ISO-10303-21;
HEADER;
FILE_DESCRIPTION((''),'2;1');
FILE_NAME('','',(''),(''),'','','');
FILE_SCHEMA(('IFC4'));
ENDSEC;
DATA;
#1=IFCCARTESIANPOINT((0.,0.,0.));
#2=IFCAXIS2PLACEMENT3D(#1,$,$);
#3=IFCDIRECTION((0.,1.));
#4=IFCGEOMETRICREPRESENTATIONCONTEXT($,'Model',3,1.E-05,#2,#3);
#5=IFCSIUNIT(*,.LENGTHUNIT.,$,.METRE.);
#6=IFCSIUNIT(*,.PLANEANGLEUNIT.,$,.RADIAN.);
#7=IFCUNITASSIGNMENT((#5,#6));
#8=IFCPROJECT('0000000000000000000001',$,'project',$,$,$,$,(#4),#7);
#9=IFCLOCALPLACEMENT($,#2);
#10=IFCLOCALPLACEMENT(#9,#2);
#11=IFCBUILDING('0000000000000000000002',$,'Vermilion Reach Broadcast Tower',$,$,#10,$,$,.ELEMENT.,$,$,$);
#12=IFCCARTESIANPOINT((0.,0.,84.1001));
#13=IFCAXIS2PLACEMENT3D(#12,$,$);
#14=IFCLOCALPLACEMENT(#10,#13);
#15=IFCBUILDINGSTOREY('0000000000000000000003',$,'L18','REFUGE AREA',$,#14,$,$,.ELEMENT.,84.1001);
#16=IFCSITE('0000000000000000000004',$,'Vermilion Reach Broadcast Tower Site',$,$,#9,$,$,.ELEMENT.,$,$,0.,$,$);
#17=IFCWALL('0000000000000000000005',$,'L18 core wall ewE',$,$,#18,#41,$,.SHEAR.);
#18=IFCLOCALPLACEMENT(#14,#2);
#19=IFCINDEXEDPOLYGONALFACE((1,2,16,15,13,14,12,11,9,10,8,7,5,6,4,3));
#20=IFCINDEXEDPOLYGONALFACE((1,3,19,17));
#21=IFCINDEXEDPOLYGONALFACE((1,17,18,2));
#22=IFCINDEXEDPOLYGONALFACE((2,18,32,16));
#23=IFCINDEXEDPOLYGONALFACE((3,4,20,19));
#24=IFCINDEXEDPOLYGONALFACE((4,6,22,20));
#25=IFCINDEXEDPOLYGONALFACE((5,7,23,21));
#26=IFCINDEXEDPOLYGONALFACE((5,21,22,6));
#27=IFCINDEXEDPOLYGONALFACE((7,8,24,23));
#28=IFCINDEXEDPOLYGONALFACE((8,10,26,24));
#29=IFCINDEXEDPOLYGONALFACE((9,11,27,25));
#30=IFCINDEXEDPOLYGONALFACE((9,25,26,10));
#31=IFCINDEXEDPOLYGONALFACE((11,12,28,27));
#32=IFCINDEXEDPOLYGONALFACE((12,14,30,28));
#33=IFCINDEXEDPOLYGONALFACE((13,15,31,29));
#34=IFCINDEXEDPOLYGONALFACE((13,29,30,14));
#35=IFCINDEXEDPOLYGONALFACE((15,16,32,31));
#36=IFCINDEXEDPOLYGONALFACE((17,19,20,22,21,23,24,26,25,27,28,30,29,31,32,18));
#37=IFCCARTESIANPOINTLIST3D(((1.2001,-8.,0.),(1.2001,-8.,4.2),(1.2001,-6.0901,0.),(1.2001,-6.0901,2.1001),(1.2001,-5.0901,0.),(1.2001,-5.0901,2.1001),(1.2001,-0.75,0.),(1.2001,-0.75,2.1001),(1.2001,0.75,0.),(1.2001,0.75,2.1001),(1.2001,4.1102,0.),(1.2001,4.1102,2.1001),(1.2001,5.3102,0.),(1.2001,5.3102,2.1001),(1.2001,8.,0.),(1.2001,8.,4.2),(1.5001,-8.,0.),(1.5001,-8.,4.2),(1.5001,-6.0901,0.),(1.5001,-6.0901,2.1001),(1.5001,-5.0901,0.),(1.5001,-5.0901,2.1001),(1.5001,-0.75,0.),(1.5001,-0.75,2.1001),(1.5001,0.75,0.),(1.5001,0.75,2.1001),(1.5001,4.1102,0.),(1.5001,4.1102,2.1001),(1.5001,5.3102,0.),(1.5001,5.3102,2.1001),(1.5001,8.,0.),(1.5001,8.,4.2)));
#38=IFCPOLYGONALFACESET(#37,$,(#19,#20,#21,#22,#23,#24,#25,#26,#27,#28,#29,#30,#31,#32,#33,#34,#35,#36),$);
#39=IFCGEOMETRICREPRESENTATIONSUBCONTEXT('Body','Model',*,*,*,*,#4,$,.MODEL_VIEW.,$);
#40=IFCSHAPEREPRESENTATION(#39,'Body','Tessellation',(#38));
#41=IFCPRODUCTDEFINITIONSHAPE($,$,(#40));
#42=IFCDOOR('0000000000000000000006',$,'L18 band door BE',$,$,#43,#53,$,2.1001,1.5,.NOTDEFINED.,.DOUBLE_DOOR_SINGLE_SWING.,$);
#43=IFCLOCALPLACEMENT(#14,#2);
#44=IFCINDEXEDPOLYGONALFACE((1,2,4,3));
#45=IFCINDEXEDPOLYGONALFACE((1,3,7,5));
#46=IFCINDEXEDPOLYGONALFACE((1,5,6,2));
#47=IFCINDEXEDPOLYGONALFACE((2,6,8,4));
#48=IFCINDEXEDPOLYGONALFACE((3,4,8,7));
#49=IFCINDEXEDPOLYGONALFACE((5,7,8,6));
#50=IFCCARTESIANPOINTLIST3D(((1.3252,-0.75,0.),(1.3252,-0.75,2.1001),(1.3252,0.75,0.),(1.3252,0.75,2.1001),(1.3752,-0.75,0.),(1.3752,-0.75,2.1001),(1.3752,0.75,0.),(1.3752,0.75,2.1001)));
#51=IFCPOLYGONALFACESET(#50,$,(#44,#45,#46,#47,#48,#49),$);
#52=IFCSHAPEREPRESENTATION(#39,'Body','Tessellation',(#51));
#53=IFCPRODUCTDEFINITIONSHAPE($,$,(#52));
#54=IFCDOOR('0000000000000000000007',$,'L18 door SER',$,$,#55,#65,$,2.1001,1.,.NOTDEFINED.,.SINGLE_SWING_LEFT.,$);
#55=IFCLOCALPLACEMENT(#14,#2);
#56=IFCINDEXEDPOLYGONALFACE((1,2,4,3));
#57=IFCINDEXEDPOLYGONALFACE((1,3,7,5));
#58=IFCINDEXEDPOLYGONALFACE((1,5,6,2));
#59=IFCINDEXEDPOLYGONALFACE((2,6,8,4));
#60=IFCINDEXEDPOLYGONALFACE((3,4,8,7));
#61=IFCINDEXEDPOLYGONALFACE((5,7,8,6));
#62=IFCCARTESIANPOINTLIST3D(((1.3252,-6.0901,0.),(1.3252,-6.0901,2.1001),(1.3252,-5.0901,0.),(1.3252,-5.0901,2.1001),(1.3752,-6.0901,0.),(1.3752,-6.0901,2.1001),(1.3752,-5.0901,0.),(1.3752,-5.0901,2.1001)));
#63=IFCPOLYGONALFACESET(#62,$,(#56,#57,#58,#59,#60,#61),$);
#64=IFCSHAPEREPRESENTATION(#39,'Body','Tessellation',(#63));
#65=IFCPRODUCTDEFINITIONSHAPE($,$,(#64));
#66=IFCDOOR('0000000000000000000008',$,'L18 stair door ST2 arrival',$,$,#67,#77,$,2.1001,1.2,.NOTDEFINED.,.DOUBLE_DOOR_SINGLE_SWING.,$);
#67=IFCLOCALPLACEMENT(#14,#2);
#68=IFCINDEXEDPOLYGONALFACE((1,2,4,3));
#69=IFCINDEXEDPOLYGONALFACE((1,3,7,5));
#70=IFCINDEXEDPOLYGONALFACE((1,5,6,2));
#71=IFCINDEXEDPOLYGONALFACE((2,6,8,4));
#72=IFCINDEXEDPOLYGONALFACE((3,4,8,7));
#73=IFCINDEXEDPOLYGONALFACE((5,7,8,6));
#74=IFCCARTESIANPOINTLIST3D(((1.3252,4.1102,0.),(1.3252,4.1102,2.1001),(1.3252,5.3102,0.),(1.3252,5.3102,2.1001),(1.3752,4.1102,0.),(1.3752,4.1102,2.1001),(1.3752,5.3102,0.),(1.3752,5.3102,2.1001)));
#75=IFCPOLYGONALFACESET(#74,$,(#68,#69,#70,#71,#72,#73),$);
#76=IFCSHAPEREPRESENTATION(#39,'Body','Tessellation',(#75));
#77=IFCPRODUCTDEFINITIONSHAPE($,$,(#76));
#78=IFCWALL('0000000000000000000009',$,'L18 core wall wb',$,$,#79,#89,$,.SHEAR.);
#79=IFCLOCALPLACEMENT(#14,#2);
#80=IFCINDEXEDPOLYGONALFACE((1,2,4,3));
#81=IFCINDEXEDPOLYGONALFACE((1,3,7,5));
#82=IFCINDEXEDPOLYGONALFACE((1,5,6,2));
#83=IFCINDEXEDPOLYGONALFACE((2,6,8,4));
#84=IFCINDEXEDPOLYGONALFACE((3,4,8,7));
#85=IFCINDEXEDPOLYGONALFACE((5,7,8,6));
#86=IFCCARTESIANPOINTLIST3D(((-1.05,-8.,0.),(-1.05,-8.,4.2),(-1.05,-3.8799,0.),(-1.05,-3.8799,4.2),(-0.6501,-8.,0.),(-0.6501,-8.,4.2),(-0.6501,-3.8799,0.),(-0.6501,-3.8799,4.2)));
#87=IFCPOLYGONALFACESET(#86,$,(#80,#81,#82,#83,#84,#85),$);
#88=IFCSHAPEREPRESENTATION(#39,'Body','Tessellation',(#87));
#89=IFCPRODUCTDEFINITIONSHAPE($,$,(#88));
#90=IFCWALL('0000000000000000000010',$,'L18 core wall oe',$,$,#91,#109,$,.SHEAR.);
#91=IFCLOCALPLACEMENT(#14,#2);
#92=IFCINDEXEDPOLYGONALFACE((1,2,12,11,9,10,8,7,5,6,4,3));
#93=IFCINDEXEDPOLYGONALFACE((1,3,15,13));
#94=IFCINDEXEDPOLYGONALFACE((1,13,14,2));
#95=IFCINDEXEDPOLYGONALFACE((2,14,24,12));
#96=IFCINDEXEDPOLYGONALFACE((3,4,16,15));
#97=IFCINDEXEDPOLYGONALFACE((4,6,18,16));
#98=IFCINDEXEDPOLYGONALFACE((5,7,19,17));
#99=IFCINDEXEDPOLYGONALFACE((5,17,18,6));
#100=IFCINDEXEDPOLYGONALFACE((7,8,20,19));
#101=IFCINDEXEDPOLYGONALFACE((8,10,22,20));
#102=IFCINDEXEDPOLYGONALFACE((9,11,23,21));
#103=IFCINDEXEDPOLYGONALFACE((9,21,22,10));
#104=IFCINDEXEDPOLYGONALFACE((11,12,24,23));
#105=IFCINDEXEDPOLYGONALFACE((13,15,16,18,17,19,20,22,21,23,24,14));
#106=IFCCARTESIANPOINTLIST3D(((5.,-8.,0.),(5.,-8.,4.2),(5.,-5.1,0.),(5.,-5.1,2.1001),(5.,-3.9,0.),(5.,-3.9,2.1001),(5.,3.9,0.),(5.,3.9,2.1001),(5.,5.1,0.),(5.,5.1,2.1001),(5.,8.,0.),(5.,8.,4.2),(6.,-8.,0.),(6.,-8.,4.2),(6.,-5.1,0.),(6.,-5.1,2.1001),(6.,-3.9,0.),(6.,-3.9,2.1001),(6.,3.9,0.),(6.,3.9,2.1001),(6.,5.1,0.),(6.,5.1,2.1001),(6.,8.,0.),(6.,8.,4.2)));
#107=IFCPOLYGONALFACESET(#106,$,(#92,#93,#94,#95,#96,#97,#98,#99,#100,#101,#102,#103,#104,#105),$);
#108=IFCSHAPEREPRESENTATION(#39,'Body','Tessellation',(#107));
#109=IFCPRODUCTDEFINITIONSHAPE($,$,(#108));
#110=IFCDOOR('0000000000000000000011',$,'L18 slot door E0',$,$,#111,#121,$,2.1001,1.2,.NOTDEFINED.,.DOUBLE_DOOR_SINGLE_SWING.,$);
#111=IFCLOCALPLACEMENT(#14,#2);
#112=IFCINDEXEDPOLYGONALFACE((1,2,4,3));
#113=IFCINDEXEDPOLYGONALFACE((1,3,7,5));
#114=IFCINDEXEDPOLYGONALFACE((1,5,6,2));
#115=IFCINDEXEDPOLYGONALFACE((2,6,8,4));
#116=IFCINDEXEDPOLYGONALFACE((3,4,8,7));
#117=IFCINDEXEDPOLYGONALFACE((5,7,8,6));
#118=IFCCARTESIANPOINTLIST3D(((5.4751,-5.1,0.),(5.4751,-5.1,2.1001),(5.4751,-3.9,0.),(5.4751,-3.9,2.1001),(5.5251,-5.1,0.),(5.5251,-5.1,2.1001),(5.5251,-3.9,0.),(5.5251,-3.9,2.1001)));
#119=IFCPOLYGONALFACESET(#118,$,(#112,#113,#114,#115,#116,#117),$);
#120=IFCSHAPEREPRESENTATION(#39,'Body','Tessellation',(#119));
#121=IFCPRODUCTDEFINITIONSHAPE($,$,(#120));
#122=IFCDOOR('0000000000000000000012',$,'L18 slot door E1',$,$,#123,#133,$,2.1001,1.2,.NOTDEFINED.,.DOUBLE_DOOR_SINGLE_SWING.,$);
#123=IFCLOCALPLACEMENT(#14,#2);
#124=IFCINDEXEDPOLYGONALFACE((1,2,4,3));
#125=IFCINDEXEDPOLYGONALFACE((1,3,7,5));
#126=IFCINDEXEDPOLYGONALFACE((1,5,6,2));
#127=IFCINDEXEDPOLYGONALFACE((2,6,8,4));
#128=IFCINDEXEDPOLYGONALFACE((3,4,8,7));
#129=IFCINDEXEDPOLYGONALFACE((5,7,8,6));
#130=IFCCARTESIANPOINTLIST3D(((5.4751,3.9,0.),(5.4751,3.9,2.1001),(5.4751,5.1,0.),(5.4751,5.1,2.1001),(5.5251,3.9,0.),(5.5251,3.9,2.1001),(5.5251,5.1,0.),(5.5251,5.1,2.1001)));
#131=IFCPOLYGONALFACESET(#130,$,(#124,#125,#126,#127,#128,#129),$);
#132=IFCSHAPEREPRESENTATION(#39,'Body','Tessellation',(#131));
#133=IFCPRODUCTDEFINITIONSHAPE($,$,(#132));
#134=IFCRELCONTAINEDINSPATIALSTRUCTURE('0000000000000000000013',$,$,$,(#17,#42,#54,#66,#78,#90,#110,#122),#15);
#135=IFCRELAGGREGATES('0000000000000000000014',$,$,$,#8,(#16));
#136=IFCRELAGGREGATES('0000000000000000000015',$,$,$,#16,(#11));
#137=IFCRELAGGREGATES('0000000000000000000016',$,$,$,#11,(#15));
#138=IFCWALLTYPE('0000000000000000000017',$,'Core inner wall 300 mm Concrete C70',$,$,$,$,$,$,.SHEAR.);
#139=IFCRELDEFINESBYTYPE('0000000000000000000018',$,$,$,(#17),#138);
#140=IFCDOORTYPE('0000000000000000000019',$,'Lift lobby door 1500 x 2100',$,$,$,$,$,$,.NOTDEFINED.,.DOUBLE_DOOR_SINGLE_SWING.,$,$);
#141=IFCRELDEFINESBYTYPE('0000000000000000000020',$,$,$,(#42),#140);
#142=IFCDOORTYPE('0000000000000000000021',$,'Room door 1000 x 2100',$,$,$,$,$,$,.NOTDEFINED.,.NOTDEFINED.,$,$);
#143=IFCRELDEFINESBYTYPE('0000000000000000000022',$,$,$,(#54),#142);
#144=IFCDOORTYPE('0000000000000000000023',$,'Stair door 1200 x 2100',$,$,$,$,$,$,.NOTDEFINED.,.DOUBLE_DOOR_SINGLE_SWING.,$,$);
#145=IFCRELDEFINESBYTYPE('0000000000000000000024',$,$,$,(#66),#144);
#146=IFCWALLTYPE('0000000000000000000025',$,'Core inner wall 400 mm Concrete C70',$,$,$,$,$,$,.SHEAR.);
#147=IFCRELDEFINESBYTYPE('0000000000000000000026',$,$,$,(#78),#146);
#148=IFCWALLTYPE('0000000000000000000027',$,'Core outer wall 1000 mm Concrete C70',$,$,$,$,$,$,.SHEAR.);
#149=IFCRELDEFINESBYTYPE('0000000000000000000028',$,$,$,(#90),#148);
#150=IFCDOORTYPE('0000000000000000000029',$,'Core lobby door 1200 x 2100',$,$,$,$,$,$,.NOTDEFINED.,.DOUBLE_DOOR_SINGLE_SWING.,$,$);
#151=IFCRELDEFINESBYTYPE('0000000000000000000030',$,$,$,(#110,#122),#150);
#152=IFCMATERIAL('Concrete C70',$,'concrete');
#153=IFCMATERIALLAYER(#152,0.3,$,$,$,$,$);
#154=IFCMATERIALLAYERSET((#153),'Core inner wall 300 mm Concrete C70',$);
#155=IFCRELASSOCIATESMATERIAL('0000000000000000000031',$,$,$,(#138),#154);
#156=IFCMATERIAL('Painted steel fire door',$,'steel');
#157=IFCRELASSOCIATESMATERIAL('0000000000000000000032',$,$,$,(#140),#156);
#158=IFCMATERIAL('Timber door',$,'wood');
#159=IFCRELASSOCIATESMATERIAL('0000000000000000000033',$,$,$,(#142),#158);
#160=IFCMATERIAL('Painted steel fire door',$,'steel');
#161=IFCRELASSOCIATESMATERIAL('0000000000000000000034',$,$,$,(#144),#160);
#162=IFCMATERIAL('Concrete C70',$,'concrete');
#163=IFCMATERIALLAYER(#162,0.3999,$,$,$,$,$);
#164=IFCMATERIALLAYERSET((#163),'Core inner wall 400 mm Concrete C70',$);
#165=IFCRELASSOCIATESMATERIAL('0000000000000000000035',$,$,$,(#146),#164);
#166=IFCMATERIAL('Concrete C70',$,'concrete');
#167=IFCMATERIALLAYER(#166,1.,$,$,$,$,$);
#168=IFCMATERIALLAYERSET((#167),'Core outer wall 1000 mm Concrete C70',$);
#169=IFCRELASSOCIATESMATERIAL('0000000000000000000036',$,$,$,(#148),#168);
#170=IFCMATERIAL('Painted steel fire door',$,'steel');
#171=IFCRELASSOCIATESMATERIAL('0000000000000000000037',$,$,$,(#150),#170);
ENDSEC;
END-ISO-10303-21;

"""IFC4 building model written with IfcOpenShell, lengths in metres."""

from ifc_helpers import new_model, si_unit, direction, frame, frame_2d, origin, place, context, subcontext, project, spatial, rectangle, extrude, material, layer, layer_set, type_object, element, fill, save


model = new_model("IFC4")

# Units and contexts
model_context = context("Model", 3, precision=1e-05, world=origin(), true_north=direction((0.0, 1.0)))
body_context = subcontext(model_context, "Body", "Model", "MODEL_VIEW")
ifc_project = project(units=[si_unit("LENGTHUNIT", "METRE"), si_unit("PLANEANGLEUNIT", "RADIAN")], contexts=[model_context])

# Site, building, storey
site_placement = place(None, origin())
site = spatial("IfcSite", under=ifc_project, at=site_placement, Name="Vermilion Reach Broadcast Tower Site", CompositionType="ELEMENT", RefElevation=0.0)
building_placement = place(site_placement, origin())
building = spatial("IfcBuilding", under=site, at=building_placement, Name="Vermilion Reach Broadcast Tower", CompositionType="ELEMENT")
storey_placement = place(building_placement, frame((0.0, 0.0, 84.1001)))
storey = spatial("IfcBuildingStorey", under=building, at=storey_placement, Name="L18", Description="REFUGE AREA", CompositionType="ELEMENT", Elevation=84.1001)

# Wall, openings, doors
ifc_material_1 = material(Name="Concrete C70", Category="concrete")
ifc_layer_1 = layer(ifc_material_1, 0.3)
ifc_layer_set_1 = layer_set([ifc_layer_1], Name="Core inner wall 300 mm Concrete C70")
wall_type_1 = type_object("IfcWallType", Name="Core inner wall 300 mm Concrete C70", PredefinedType="SHEAR", material=ifc_layer_set_1)
wall_1_placement = place(storey_placement, frame((1.3501, -8.0, 0.0), z_axis=(0.0, 0.0, 1.0), x_axis=(0.0, 1.0, 0.0)))
wall_1 = element("IfcWall", 1, at=wall_1_placement, inside=storey, type_object=wall_type_1, Name="L18 core wall ewE", PredefinedType="SHEAR", context=body_context, shape_type="SweptSolid", body=[
    extrude(rectangle(XDim=16.0, YDim=0.3, at=frame_2d((8.0, 0.0))), origin(), (0.0, 0.0, 1.0), 4.2),
])
opening_1_placement = place(wall_1_placement, frame((12.1101, 0.0, 0.0)))
opening_1 = element("IfcOpeningElement", 2, at=opening_1_placement, cuts=wall_1, PredefinedType="OPENING", context=body_context, shape_type="SweptSolid", body=[
    extrude(rectangle(XDim=1.2, YDim=2.1001, at=frame_2d((0.6001, 1.05))), frame((0.0, 0.1599, 0.0), z_axis=(0.0, -1.0, 0.0), x_axis=(1.0, 0.0, 0.0)), (0.0, 0.0, 1.0), 0.3201),
])
opening_2_placement = place(wall_1_placement, frame((1.9099, 0.0, 0.0)))
opening_2 = element("IfcOpeningElement", 3, at=opening_2_placement, cuts=wall_1, PredefinedType="OPENING", context=body_context, shape_type="SweptSolid", body=[
    extrude(rectangle(XDim=1.0, YDim=2.1001, at=frame_2d((0.5, 1.05))), frame((0.0, 0.1599, 0.0), z_axis=(0.0, -1.0, 0.0), x_axis=(1.0, 0.0, 0.0)), (0.0, 0.0, 1.0), 0.3201),
])
opening_3_placement = place(wall_1_placement, frame((7.25, 0.0, 0.0)))
opening_3 = element("IfcOpeningElement", 4, at=opening_3_placement, cuts=wall_1, PredefinedType="OPENING", context=body_context, shape_type="SweptSolid", body=[
    extrude(rectangle(XDim=1.5, YDim=2.1001, at=frame_2d((0.75, 1.05))), frame((0.0, 0.1599, 0.0), z_axis=(0.0, -1.0, 0.0), x_axis=(1.0, 0.0, 0.0)), (0.0, 0.0, 1.0), 0.3201),
])
ifc_material_2 = material(Name="Painted steel fire door", Category="steel")
door_type_1 = type_object("IfcDoorType", Name="Lift lobby door 1500 x 2100", OperationType="DOUBLE_DOOR_SINGLE_SWING", PredefinedType="NOTDEFINED", material=ifc_material_2)
door_1_placement = place(opening_3_placement, origin())
door_1 = element("IfcDoor", 5, at=door_1_placement, inside=storey, type_object=door_type_1, Name="L18 band door BE", OperationType="DOUBLE_DOOR_SINGLE_SWING", OverallHeight=2.1001, OverallWidth=1.5, PredefinedType="NOTDEFINED", context=body_context, shape_type="SweptSolid", body=[
    extrude(rectangle(XDim=1.5, YDim=2.1001, at=frame_2d((0.75, 1.05))), frame((0.0, 0.0249, 0.0), z_axis=(0.0, -1.0, 0.0), x_axis=(1.0, 0.0, 0.0)), (0.0, 0.0, 1.0), 0.05),
])
fill(opening_3, door_1)
ifc_material_3 = material(Name="Timber door", Category="wood")
door_type_2 = type_object("IfcDoorType", Name="Room door 1000 x 2100", OperationType="NOTDEFINED", PredefinedType="NOTDEFINED", material=ifc_material_3)
door_2_placement = place(opening_2_placement, origin())
door_2 = element("IfcDoor", 6, at=door_2_placement, inside=storey, type_object=door_type_2, Name="L18 door SER", OperationType="SINGLE_SWING_LEFT", OverallHeight=2.1001, OverallWidth=1.0, PredefinedType="NOTDEFINED", context=body_context, shape_type="SweptSolid", body=[
    extrude(rectangle(XDim=1.0, YDim=2.1001, at=frame_2d((0.5, 1.05))), frame((0.0, 0.0249, 0.0), z_axis=(0.0, -1.0, 0.0), x_axis=(1.0, 0.0, 0.0)), (0.0, 0.0, 1.0), 0.05),
])
fill(opening_2, door_2)
ifc_material_4 = material(Name="Painted steel fire door", Category="steel")
door_type_3 = type_object("IfcDoorType", Name="Stair door 1200 x 2100", OperationType="DOUBLE_DOOR_SINGLE_SWING", PredefinedType="NOTDEFINED", material=ifc_material_4)
door_3_placement = place(opening_1_placement, origin())
door_3 = element("IfcDoor", 7, at=door_3_placement, inside=storey, type_object=door_type_3, Name="L18 stair door ST2 arrival", OperationType="DOUBLE_DOOR_SINGLE_SWING", OverallHeight=2.1001, OverallWidth=1.2, PredefinedType="NOTDEFINED", context=body_context, shape_type="SweptSolid", body=[
    extrude(rectangle(XDim=1.2, YDim=2.1001, at=frame_2d((0.6001, 1.05))), frame((0.0, 0.0249, 0.0), z_axis=(0.0, -1.0, 0.0), x_axis=(1.0, 0.0, 0.0)), (0.0, 0.0, 1.0), 0.05),
])
fill(opening_1, door_3)

# Wall
ifc_material_5 = material(Name="Concrete C70", Category="concrete")
ifc_layer_2 = layer(ifc_material_5, 0.3999)
ifc_layer_set_2 = layer_set([ifc_layer_2], Name="Core inner wall 400 mm Concrete C70")
wall_type_2 = type_object("IfcWallType", Name="Core inner wall 400 mm Concrete C70", PredefinedType="SHEAR", material=ifc_layer_set_2)
wall_2_placement = place(storey_placement, frame((-0.8501, -3.8799, 0.0), z_axis=(0.0, 0.0, 1.0), x_axis=(0.0, -1.0, 0.0)))
element("IfcWall", 8, at=wall_2_placement, inside=storey, type_object=wall_type_2, Name="L18 core wall wb", PredefinedType="SHEAR", context=body_context, shape_type="SweptSolid", body=[
    extrude(rectangle(XDim=4.1201, YDim=0.3999, at=frame_2d((2.0601, 0.0))), origin(), (0.0, 0.0, 1.0), 4.2),
])

# Wall, openings, doors
ifc_material_6 = material(Name="Concrete C70", Category="concrete")
ifc_layer_3 = layer(ifc_material_6, 1.0)
ifc_layer_set_3 = layer_set([ifc_layer_3], Name="Core outer wall 1000 mm Concrete C70")
wall_type_3 = type_object("IfcWallType", Name="Core outer wall 1000 mm Concrete C70", PredefinedType="SHEAR", material=ifc_layer_set_3)
wall_3_placement = place(storey_placement, frame((5.5, -8.0, 0.0), z_axis=(0.0, 0.0, 1.0), x_axis=(0.0, 1.0, 0.0)))
wall_3 = element("IfcWall", 9, at=wall_3_placement, inside=storey, type_object=wall_type_3, Name="L18 core wall oe", PredefinedType="SHEAR", context=body_context, shape_type="SweptSolid", body=[
    extrude(rectangle(XDim=16.0, YDim=1.0, at=frame_2d((8.0, 0.0))), origin(), (0.0, 0.0, 1.0), 4.2),
])
opening_4_placement = place(wall_3_placement, frame((2.8999, 0.0, 0.0)))
opening_4 = element("IfcOpeningElement", 10, at=opening_4_placement, cuts=wall_3, PredefinedType="OPENING", context=body_context, shape_type="SweptSolid", body=[
    extrude(rectangle(XDim=1.2, YDim=2.1001, at=frame_2d((0.6001, 1.05))), frame((0.0, 0.51, 0.0), z_axis=(0.0, -1.0, 0.0), x_axis=(1.0, 0.0, 0.0)), (0.0, 0.0, 1.0), 1.02),
])
opening_5_placement = place(wall_3_placement, frame((11.8999, 0.0, 0.0)))
opening_5 = element("IfcOpeningElement", 11, at=opening_5_placement, cuts=wall_3, PredefinedType="OPENING", context=body_context, shape_type="SweptSolid", body=[
    extrude(rectangle(XDim=1.2, YDim=2.1001, at=frame_2d((0.6001, 1.05))), frame((0.0, 0.51, 0.0), z_axis=(0.0, -1.0, 0.0), x_axis=(1.0, 0.0, 0.0)), (0.0, 0.0, 1.0), 1.02),
])
ifc_material_7 = material(Name="Painted steel fire door", Category="steel")
door_type_4 = type_object("IfcDoorType", Name="Core lobby door 1200 x 2100", OperationType="DOUBLE_DOOR_SINGLE_SWING", PredefinedType="NOTDEFINED", material=ifc_material_7)
door_4_placement = place(opening_4_placement, origin())
door_4 = element("IfcDoor", 12, at=door_4_placement, inside=storey, type_object=door_type_4, Name="L18 slot door E0", OperationType="DOUBLE_DOOR_SINGLE_SWING", OverallHeight=2.1001, OverallWidth=1.2, PredefinedType="NOTDEFINED", context=body_context, shape_type="SweptSolid", body=[
    extrude(rectangle(XDim=1.2, YDim=2.1001, at=frame_2d((0.6001, 1.05))), frame((0.0, 0.0249, 0.0), z_axis=(0.0, -1.0, 0.0), x_axis=(1.0, 0.0, 0.0)), (0.0, 0.0, 1.0), 0.05),
])
fill(opening_4, door_4)
door_5_placement = place(opening_5_placement, origin())
door_5 = element("IfcDoor", 13, at=door_5_placement, inside=storey, type_object=door_type_4, Name="L18 slot door E1", OperationType="DOUBLE_DOOR_SINGLE_SWING", OverallHeight=2.1001, OverallWidth=1.2, PredefinedType="NOTDEFINED", context=body_context, shape_type="SweptSolid", body=[
    extrude(rectangle(XDim=1.2, YDim=2.1001, at=frame_2d((0.6001, 1.05))), frame((0.0, 0.0249, 0.0), z_axis=(0.0, -1.0, 0.0), x_axis=(1.0, 0.0, 0.0)), (0.0, 0.0, 1.0), 0.05),
])
fill(opening_5, door_5)

save(model, "model.ifc")
